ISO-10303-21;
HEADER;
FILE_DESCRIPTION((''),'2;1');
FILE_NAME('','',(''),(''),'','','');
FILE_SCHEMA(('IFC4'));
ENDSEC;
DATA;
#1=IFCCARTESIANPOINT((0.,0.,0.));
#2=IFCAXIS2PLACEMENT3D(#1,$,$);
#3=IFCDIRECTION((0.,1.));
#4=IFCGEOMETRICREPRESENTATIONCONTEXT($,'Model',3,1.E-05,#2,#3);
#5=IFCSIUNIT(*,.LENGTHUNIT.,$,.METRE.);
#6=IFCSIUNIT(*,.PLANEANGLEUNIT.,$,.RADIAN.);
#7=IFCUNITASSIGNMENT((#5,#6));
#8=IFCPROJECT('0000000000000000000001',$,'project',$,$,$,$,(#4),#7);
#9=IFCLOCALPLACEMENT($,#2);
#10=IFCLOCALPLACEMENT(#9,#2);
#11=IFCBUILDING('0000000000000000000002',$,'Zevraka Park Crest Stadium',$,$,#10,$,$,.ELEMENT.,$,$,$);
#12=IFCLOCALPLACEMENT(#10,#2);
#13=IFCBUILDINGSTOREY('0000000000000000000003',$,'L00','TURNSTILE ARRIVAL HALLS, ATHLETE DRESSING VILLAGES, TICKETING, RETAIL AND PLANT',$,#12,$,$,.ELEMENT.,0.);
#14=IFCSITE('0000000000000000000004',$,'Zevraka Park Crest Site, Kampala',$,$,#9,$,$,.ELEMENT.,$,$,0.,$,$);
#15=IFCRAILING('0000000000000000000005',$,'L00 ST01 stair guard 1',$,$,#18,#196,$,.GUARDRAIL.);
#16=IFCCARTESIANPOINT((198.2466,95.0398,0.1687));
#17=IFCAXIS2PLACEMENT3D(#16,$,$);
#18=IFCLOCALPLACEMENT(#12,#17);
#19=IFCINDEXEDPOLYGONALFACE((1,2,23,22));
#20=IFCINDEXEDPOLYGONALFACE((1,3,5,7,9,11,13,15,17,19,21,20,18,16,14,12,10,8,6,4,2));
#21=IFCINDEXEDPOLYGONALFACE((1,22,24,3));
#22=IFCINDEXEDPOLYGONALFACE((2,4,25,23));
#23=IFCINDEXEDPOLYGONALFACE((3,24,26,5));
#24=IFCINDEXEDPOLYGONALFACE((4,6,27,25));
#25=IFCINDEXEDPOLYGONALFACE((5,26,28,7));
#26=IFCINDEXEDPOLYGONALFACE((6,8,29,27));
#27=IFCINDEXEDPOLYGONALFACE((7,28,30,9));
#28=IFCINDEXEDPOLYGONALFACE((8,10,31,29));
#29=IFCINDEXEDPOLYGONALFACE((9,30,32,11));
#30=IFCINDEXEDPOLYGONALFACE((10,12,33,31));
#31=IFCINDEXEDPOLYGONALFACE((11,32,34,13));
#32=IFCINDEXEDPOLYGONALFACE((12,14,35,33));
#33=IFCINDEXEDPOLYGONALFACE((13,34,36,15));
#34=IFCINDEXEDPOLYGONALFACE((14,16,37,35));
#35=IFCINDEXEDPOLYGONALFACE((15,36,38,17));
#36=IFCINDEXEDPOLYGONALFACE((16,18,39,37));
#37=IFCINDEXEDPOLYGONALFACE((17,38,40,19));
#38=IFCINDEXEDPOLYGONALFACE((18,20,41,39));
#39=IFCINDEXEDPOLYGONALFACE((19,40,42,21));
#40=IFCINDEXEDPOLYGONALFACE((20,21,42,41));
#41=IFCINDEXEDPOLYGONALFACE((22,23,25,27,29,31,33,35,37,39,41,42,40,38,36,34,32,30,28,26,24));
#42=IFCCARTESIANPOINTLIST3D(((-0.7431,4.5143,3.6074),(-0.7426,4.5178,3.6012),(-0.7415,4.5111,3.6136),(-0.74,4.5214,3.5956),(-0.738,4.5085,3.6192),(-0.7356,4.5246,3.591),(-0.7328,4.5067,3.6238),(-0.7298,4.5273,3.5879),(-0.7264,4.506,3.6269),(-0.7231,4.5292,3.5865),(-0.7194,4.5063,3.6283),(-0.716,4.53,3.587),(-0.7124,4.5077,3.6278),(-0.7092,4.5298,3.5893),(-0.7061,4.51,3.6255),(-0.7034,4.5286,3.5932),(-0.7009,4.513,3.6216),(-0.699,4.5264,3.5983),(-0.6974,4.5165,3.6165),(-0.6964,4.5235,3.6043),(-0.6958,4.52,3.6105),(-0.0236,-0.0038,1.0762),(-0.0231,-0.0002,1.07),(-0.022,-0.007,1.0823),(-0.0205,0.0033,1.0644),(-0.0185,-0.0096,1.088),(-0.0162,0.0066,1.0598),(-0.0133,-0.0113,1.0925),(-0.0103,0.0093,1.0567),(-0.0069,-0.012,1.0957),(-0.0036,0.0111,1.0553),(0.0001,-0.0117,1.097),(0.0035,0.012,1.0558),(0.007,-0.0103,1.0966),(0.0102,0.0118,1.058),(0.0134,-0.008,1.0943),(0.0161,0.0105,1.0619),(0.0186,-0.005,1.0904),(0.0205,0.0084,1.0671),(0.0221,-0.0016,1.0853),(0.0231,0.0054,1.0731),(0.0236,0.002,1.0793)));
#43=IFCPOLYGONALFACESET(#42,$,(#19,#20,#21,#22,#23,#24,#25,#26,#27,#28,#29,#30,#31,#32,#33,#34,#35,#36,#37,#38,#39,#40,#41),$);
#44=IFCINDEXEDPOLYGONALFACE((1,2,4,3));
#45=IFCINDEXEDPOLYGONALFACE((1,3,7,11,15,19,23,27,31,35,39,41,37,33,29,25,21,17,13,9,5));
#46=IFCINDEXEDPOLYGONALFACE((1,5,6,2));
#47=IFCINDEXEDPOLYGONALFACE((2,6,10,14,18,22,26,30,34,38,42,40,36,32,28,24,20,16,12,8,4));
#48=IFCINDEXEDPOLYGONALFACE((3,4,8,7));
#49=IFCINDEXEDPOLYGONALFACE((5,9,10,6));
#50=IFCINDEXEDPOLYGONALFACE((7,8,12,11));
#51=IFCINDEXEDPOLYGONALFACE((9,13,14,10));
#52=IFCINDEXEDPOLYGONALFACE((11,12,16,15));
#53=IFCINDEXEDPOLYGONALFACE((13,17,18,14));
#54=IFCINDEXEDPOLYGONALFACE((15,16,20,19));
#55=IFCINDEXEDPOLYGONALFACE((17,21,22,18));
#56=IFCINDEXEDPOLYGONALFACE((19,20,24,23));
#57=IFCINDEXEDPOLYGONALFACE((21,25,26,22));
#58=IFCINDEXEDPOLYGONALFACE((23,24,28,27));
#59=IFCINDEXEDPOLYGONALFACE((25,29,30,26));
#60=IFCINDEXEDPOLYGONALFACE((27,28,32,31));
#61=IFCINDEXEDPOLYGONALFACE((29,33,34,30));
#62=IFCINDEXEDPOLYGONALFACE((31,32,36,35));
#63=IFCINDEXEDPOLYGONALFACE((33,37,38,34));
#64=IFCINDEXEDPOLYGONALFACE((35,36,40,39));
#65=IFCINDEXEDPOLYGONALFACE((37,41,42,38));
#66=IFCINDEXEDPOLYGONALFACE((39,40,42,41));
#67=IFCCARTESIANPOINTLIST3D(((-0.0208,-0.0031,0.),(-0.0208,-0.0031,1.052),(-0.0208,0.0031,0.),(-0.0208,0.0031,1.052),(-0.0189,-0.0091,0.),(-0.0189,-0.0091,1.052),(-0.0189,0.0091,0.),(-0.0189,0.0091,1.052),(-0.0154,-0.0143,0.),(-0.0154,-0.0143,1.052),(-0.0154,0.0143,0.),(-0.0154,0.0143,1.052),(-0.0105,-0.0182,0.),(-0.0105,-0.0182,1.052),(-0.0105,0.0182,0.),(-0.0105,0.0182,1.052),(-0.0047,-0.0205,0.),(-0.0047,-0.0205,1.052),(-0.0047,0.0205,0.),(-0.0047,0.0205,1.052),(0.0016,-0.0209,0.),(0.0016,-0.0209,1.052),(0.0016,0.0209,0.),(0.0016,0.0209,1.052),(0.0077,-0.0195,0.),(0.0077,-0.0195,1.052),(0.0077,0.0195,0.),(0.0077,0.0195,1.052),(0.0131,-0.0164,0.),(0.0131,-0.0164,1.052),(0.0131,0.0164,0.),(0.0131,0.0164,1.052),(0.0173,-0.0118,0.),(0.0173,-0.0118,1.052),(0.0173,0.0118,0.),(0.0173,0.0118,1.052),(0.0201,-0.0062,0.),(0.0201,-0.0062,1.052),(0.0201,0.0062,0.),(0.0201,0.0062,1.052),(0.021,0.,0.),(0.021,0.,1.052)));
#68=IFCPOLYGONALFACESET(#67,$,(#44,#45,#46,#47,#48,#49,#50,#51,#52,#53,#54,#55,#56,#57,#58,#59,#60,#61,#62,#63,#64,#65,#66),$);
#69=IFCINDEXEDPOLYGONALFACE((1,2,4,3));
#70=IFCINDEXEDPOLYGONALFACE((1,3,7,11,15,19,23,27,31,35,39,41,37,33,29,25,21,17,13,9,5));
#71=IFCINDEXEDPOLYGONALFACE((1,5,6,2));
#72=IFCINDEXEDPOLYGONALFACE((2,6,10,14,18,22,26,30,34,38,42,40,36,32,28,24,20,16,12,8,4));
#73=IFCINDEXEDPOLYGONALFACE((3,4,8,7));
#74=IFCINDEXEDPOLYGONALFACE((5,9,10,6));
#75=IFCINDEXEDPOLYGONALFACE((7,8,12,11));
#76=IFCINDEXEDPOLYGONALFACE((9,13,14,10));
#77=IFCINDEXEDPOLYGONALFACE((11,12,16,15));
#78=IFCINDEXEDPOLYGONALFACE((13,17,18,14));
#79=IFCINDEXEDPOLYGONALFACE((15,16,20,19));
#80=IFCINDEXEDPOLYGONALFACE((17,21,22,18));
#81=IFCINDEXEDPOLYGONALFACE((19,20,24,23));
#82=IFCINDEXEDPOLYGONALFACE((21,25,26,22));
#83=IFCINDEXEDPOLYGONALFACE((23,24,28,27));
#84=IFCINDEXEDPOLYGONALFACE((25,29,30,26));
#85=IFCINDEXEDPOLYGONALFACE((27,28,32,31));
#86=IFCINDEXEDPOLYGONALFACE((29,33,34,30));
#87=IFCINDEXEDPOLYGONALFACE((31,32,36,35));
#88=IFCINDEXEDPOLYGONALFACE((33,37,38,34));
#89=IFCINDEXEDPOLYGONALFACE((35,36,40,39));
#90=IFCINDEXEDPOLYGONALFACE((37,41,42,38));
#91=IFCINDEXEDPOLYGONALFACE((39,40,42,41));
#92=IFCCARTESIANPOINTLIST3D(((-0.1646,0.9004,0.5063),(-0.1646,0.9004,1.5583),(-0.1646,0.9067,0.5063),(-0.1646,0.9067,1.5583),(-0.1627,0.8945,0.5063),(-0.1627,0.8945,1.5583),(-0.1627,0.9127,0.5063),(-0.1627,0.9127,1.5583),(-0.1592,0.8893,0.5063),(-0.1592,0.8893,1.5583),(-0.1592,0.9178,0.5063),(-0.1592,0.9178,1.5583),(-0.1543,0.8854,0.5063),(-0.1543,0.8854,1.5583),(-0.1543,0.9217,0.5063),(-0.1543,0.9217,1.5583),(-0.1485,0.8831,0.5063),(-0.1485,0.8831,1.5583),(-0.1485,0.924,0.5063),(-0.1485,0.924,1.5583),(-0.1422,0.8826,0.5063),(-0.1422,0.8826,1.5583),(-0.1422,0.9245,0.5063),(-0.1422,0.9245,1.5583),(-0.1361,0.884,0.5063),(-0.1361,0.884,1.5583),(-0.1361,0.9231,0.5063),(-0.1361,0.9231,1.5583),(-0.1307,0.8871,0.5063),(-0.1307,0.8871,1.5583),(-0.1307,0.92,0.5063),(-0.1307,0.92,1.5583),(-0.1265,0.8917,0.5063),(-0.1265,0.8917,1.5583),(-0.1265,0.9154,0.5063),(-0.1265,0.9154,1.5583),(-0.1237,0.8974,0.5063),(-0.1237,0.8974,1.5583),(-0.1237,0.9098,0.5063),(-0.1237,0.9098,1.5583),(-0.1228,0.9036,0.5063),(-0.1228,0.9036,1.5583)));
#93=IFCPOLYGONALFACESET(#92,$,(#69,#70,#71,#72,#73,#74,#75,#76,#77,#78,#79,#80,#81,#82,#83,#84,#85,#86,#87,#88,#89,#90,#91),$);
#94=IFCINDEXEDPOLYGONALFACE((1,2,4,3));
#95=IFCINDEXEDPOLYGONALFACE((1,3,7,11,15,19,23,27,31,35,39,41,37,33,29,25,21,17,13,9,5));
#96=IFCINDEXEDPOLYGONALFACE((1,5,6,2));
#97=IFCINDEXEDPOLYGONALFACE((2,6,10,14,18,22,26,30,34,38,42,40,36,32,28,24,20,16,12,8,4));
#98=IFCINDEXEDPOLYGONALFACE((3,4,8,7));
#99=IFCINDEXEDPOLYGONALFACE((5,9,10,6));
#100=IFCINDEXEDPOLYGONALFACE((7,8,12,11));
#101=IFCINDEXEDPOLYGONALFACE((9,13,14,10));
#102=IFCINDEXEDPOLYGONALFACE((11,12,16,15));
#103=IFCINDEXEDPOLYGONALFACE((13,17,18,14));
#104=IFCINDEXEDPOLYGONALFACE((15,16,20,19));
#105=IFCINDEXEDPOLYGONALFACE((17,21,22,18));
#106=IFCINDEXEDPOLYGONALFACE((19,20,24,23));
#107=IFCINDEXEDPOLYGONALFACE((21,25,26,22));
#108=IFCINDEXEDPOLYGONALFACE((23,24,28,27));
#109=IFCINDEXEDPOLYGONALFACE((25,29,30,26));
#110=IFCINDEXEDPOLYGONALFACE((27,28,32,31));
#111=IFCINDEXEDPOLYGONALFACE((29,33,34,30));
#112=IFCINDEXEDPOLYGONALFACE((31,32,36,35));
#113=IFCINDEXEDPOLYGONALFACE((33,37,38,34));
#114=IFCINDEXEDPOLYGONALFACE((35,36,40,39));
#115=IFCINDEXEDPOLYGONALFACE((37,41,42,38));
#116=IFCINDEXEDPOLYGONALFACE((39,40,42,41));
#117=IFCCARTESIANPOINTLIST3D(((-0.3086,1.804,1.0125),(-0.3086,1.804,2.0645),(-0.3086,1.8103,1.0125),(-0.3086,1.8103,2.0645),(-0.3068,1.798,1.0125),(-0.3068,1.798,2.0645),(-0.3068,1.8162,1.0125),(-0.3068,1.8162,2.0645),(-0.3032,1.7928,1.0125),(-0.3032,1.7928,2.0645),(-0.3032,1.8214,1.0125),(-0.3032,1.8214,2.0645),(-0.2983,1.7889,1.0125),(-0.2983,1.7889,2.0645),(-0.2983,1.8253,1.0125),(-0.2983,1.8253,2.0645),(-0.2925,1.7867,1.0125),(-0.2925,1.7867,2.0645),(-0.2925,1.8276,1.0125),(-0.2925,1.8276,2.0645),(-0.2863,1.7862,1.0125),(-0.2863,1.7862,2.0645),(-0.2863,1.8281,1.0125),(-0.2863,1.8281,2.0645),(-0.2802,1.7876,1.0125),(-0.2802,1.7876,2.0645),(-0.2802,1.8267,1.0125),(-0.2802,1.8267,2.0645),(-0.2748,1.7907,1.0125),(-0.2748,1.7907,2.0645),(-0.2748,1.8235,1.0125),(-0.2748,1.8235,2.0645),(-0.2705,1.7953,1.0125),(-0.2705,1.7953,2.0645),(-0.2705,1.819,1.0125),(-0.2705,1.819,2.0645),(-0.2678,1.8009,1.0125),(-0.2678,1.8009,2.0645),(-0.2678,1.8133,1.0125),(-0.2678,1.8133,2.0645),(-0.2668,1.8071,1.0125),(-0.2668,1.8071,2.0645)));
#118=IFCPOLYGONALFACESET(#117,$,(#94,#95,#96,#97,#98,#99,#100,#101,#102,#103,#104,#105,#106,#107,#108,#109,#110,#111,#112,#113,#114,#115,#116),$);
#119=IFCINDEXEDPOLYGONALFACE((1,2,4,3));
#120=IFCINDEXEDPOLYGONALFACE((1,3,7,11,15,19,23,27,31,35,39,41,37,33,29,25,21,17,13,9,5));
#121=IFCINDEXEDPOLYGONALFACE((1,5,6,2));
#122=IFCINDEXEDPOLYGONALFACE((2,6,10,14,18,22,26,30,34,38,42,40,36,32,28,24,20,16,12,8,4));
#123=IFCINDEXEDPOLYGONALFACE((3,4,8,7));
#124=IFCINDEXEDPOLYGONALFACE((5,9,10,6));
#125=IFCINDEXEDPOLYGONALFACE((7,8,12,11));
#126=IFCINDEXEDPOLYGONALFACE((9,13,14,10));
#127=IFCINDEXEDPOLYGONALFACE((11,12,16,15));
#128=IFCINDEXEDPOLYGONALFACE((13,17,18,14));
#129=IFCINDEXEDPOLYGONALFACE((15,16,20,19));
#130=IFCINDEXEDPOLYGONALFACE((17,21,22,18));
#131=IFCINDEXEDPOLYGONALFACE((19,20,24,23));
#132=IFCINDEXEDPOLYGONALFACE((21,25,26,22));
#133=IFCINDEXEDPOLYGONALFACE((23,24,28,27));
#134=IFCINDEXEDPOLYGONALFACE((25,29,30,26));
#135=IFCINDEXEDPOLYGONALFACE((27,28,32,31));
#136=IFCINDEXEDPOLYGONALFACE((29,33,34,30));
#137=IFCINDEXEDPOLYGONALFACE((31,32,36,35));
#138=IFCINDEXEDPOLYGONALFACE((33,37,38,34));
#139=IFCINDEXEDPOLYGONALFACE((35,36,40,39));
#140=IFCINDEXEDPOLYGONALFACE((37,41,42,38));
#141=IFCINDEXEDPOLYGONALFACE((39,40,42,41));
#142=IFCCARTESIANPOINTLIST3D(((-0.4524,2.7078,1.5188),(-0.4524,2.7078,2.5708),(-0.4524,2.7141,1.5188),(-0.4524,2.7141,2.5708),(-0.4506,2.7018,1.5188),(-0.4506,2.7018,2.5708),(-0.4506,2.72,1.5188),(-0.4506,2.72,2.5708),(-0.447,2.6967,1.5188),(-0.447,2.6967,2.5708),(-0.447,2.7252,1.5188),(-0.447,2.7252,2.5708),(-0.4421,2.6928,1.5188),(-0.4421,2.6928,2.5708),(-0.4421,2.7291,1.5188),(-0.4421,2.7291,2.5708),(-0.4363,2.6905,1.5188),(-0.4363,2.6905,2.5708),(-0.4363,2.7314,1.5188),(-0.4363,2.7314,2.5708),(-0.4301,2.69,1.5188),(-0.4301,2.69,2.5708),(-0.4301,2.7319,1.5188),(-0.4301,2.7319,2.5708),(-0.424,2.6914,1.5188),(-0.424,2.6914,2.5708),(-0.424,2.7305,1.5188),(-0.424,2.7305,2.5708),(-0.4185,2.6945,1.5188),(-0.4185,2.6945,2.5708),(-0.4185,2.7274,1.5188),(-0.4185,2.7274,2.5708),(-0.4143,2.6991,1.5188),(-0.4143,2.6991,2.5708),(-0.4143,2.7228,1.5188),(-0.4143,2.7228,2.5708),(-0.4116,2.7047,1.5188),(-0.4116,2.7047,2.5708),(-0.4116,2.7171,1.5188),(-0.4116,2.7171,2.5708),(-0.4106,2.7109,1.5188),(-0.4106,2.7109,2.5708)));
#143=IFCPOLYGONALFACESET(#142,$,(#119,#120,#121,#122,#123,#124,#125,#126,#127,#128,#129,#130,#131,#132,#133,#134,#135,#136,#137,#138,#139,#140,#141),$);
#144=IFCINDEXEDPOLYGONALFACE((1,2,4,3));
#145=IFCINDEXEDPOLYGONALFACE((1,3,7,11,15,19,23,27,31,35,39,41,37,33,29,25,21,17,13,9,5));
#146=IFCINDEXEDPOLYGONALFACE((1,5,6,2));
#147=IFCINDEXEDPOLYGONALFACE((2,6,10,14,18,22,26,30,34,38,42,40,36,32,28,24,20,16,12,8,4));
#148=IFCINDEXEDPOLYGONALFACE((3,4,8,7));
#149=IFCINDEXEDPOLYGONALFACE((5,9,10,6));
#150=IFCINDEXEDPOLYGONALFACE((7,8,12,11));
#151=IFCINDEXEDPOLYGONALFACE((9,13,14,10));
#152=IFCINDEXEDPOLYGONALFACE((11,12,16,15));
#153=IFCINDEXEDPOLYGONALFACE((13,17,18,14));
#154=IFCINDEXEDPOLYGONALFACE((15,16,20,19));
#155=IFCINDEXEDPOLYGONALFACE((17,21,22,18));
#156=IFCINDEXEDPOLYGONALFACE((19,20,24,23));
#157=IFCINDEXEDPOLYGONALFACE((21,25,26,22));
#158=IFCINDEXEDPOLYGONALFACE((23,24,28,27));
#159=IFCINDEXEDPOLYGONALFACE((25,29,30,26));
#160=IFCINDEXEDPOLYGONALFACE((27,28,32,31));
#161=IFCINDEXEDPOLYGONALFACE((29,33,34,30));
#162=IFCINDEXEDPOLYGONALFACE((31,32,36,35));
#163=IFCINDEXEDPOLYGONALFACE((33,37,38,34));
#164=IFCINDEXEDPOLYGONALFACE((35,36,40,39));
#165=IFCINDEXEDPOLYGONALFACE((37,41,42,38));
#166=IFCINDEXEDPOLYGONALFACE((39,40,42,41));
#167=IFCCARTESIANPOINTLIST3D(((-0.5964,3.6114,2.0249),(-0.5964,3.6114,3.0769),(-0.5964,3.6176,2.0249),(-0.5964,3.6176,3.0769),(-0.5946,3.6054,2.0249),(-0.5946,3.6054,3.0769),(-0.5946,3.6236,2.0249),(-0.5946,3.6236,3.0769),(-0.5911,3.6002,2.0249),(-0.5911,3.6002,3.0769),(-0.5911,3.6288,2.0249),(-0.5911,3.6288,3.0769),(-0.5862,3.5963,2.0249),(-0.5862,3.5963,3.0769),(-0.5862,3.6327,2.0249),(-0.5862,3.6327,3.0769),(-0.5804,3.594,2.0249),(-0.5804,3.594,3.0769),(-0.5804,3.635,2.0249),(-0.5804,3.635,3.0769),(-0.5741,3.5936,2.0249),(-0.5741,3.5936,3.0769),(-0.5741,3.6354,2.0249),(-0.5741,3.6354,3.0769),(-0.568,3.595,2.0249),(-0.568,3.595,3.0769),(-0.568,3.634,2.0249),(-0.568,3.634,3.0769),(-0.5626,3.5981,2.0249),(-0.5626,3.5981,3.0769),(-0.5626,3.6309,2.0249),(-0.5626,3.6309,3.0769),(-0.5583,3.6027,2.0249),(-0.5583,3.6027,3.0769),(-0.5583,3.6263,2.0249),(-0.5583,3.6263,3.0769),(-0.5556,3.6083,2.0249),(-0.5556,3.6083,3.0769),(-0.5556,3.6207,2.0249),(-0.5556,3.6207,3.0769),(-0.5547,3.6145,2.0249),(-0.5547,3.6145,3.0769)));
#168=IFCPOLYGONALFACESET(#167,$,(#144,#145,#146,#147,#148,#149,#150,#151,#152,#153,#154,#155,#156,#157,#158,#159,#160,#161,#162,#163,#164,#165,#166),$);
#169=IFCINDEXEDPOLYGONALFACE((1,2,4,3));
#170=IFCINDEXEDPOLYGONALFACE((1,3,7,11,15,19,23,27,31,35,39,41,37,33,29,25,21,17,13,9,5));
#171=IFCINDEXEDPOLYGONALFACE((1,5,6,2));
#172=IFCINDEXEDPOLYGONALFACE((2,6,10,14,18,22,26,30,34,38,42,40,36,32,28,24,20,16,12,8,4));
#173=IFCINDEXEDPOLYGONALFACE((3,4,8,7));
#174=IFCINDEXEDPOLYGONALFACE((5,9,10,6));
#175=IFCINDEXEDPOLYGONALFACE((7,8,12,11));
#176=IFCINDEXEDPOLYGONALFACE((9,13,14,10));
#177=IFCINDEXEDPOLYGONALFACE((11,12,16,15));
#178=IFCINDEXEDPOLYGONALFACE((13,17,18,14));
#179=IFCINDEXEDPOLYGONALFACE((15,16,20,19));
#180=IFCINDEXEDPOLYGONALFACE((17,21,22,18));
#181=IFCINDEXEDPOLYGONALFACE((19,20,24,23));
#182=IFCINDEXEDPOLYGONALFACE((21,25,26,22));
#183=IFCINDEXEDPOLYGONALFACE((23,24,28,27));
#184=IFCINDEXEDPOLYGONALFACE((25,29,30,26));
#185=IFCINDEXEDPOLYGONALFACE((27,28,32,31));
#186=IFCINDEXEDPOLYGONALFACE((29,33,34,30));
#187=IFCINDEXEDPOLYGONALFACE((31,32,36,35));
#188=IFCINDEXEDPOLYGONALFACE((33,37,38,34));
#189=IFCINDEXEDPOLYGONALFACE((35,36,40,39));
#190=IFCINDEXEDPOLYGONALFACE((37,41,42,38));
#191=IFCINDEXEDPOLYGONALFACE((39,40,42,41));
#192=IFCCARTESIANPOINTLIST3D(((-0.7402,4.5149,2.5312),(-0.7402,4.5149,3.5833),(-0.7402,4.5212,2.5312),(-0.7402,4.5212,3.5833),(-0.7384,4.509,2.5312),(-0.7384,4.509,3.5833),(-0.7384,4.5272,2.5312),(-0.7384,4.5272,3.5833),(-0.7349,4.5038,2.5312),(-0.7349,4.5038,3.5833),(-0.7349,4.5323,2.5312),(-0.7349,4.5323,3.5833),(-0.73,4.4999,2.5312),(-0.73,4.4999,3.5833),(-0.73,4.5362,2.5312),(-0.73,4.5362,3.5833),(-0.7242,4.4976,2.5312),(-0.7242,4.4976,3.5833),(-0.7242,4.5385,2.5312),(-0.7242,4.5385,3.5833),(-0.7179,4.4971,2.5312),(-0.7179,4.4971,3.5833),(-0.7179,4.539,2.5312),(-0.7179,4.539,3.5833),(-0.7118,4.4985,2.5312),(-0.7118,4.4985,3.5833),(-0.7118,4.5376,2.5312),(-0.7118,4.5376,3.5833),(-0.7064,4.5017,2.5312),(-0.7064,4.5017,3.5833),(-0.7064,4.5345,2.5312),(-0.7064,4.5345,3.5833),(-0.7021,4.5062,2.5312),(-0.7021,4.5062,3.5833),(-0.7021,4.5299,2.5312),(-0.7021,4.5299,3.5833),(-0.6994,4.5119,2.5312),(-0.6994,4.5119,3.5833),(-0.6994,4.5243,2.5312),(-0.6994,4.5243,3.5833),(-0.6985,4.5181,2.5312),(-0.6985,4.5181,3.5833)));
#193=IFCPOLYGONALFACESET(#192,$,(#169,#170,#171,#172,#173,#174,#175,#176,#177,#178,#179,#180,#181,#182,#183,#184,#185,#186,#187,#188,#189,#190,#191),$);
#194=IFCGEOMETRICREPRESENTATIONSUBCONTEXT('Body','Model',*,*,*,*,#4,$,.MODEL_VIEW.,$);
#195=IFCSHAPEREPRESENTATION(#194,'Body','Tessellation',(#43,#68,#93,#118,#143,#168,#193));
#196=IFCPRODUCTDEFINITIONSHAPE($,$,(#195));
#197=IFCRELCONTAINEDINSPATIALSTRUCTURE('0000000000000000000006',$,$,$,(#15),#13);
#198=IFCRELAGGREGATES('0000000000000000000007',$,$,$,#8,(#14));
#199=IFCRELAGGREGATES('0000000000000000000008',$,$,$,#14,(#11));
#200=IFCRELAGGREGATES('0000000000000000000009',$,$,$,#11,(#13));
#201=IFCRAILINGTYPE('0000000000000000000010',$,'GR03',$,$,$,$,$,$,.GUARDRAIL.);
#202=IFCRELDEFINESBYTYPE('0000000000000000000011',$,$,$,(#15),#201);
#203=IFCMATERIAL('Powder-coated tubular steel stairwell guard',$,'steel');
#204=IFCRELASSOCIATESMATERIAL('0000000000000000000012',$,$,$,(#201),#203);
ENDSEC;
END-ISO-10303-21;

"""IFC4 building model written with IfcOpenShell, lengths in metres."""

from ifc_helpers import new_model, si_unit, direction, frame, origin, origin_2d, place, context, subcontext, project, spatial, circle, extrude, material, type_object, element, save


model = new_model("IFC4")

# Units and contexts
model_context = context("Model", 3, precision=1e-05, world=origin(), true_north=direction((0.0, 1.0)))
body_context = subcontext(model_context, "Body", "Model", "MODEL_VIEW")
ifc_project = project(units=[si_unit("LENGTHUNIT", "METRE"), si_unit("PLANEANGLEUNIT", "RADIAN")], contexts=[model_context])

# Site, building, storey
site_placement = place(None, origin())
site = spatial("IfcSite", under=ifc_project, at=site_placement, Name="Zevraka Park Crest Site, Kampala", CompositionType="ELEMENT", RefElevation=0.0)
building_placement = place(site_placement, origin())
building = spatial("IfcBuilding", under=site, at=building_placement, Name="Zevraka Park Crest Stadium", CompositionType="ELEMENT")
storey_placement = place(building_placement, origin())
storey = spatial("IfcBuildingStorey", under=building, at=storey_placement, Name="L00", Description="TURNSTILE ARRIVAL HALLS, ATHLETE DRESSING VILLAGES, TICKETING, RETAIL AND PLANT", CompositionType="ELEMENT", Elevation=0.0)

# Railing
ifc_material_1 = material(Name="Powder-coated tubular steel stairwell guard", Category="steel")
railing_type_1 = type_object("IfcRailingType", Name="GR03", PredefinedType="GUARDRAIL", material=ifc_material_1)
railing_1_placement = place(storey_placement, frame((198.2466, 95.0398, 0.1687)))
element("IfcRailing", 1, at=railing_1_placement, inside=storey, type_object=railing_type_1, Name="L00 ST01 stair guard 1", PredefinedType="GUARDRAIL", context=body_context, shape_type="SweptSolid", body=[
    extrude(circle(Radius=0.0239, at=origin_2d()), frame((0.0, 0.0, 1.0762), z_axis=(-0.137606, 0.864113, 0.48412), x_axis=(-0.987557, -0.157264, 0.0)), (0.0, 0.0, 1.0), 5.2285),
    extrude(circle(Radius=0.021, at=origin_2d()), origin(), (0.0, 0.0, 1.0), 1.052),
    extrude(circle(Radius=0.021, at=origin_2d()), frame((-0.1438, 0.9036, 0.5063)), (0.0, 0.0, 1.0), 1.052),
    extrude(circle(Radius=0.021, at=origin_2d()), frame((-0.2878, 1.8071, 1.0125)), (0.0, 0.0, 1.0), 1.052),
    extrude(circle(Radius=0.021, at=origin_2d()), frame((-0.4316, 2.7109, 1.5188)), (0.0, 0.0, 1.0), 1.052),
    extrude(circle(Radius=0.021, at=origin_2d()), frame((-0.5757, 3.6145, 2.0249)), (0.0, 0.0, 1.0), 1.052),
    extrude(circle(Radius=0.021, at=origin_2d()), frame((-0.7195, 4.5181, 2.5312)), (0.0, 0.0, 1.0), 1.052),
])

save(model, "model.ifc")
